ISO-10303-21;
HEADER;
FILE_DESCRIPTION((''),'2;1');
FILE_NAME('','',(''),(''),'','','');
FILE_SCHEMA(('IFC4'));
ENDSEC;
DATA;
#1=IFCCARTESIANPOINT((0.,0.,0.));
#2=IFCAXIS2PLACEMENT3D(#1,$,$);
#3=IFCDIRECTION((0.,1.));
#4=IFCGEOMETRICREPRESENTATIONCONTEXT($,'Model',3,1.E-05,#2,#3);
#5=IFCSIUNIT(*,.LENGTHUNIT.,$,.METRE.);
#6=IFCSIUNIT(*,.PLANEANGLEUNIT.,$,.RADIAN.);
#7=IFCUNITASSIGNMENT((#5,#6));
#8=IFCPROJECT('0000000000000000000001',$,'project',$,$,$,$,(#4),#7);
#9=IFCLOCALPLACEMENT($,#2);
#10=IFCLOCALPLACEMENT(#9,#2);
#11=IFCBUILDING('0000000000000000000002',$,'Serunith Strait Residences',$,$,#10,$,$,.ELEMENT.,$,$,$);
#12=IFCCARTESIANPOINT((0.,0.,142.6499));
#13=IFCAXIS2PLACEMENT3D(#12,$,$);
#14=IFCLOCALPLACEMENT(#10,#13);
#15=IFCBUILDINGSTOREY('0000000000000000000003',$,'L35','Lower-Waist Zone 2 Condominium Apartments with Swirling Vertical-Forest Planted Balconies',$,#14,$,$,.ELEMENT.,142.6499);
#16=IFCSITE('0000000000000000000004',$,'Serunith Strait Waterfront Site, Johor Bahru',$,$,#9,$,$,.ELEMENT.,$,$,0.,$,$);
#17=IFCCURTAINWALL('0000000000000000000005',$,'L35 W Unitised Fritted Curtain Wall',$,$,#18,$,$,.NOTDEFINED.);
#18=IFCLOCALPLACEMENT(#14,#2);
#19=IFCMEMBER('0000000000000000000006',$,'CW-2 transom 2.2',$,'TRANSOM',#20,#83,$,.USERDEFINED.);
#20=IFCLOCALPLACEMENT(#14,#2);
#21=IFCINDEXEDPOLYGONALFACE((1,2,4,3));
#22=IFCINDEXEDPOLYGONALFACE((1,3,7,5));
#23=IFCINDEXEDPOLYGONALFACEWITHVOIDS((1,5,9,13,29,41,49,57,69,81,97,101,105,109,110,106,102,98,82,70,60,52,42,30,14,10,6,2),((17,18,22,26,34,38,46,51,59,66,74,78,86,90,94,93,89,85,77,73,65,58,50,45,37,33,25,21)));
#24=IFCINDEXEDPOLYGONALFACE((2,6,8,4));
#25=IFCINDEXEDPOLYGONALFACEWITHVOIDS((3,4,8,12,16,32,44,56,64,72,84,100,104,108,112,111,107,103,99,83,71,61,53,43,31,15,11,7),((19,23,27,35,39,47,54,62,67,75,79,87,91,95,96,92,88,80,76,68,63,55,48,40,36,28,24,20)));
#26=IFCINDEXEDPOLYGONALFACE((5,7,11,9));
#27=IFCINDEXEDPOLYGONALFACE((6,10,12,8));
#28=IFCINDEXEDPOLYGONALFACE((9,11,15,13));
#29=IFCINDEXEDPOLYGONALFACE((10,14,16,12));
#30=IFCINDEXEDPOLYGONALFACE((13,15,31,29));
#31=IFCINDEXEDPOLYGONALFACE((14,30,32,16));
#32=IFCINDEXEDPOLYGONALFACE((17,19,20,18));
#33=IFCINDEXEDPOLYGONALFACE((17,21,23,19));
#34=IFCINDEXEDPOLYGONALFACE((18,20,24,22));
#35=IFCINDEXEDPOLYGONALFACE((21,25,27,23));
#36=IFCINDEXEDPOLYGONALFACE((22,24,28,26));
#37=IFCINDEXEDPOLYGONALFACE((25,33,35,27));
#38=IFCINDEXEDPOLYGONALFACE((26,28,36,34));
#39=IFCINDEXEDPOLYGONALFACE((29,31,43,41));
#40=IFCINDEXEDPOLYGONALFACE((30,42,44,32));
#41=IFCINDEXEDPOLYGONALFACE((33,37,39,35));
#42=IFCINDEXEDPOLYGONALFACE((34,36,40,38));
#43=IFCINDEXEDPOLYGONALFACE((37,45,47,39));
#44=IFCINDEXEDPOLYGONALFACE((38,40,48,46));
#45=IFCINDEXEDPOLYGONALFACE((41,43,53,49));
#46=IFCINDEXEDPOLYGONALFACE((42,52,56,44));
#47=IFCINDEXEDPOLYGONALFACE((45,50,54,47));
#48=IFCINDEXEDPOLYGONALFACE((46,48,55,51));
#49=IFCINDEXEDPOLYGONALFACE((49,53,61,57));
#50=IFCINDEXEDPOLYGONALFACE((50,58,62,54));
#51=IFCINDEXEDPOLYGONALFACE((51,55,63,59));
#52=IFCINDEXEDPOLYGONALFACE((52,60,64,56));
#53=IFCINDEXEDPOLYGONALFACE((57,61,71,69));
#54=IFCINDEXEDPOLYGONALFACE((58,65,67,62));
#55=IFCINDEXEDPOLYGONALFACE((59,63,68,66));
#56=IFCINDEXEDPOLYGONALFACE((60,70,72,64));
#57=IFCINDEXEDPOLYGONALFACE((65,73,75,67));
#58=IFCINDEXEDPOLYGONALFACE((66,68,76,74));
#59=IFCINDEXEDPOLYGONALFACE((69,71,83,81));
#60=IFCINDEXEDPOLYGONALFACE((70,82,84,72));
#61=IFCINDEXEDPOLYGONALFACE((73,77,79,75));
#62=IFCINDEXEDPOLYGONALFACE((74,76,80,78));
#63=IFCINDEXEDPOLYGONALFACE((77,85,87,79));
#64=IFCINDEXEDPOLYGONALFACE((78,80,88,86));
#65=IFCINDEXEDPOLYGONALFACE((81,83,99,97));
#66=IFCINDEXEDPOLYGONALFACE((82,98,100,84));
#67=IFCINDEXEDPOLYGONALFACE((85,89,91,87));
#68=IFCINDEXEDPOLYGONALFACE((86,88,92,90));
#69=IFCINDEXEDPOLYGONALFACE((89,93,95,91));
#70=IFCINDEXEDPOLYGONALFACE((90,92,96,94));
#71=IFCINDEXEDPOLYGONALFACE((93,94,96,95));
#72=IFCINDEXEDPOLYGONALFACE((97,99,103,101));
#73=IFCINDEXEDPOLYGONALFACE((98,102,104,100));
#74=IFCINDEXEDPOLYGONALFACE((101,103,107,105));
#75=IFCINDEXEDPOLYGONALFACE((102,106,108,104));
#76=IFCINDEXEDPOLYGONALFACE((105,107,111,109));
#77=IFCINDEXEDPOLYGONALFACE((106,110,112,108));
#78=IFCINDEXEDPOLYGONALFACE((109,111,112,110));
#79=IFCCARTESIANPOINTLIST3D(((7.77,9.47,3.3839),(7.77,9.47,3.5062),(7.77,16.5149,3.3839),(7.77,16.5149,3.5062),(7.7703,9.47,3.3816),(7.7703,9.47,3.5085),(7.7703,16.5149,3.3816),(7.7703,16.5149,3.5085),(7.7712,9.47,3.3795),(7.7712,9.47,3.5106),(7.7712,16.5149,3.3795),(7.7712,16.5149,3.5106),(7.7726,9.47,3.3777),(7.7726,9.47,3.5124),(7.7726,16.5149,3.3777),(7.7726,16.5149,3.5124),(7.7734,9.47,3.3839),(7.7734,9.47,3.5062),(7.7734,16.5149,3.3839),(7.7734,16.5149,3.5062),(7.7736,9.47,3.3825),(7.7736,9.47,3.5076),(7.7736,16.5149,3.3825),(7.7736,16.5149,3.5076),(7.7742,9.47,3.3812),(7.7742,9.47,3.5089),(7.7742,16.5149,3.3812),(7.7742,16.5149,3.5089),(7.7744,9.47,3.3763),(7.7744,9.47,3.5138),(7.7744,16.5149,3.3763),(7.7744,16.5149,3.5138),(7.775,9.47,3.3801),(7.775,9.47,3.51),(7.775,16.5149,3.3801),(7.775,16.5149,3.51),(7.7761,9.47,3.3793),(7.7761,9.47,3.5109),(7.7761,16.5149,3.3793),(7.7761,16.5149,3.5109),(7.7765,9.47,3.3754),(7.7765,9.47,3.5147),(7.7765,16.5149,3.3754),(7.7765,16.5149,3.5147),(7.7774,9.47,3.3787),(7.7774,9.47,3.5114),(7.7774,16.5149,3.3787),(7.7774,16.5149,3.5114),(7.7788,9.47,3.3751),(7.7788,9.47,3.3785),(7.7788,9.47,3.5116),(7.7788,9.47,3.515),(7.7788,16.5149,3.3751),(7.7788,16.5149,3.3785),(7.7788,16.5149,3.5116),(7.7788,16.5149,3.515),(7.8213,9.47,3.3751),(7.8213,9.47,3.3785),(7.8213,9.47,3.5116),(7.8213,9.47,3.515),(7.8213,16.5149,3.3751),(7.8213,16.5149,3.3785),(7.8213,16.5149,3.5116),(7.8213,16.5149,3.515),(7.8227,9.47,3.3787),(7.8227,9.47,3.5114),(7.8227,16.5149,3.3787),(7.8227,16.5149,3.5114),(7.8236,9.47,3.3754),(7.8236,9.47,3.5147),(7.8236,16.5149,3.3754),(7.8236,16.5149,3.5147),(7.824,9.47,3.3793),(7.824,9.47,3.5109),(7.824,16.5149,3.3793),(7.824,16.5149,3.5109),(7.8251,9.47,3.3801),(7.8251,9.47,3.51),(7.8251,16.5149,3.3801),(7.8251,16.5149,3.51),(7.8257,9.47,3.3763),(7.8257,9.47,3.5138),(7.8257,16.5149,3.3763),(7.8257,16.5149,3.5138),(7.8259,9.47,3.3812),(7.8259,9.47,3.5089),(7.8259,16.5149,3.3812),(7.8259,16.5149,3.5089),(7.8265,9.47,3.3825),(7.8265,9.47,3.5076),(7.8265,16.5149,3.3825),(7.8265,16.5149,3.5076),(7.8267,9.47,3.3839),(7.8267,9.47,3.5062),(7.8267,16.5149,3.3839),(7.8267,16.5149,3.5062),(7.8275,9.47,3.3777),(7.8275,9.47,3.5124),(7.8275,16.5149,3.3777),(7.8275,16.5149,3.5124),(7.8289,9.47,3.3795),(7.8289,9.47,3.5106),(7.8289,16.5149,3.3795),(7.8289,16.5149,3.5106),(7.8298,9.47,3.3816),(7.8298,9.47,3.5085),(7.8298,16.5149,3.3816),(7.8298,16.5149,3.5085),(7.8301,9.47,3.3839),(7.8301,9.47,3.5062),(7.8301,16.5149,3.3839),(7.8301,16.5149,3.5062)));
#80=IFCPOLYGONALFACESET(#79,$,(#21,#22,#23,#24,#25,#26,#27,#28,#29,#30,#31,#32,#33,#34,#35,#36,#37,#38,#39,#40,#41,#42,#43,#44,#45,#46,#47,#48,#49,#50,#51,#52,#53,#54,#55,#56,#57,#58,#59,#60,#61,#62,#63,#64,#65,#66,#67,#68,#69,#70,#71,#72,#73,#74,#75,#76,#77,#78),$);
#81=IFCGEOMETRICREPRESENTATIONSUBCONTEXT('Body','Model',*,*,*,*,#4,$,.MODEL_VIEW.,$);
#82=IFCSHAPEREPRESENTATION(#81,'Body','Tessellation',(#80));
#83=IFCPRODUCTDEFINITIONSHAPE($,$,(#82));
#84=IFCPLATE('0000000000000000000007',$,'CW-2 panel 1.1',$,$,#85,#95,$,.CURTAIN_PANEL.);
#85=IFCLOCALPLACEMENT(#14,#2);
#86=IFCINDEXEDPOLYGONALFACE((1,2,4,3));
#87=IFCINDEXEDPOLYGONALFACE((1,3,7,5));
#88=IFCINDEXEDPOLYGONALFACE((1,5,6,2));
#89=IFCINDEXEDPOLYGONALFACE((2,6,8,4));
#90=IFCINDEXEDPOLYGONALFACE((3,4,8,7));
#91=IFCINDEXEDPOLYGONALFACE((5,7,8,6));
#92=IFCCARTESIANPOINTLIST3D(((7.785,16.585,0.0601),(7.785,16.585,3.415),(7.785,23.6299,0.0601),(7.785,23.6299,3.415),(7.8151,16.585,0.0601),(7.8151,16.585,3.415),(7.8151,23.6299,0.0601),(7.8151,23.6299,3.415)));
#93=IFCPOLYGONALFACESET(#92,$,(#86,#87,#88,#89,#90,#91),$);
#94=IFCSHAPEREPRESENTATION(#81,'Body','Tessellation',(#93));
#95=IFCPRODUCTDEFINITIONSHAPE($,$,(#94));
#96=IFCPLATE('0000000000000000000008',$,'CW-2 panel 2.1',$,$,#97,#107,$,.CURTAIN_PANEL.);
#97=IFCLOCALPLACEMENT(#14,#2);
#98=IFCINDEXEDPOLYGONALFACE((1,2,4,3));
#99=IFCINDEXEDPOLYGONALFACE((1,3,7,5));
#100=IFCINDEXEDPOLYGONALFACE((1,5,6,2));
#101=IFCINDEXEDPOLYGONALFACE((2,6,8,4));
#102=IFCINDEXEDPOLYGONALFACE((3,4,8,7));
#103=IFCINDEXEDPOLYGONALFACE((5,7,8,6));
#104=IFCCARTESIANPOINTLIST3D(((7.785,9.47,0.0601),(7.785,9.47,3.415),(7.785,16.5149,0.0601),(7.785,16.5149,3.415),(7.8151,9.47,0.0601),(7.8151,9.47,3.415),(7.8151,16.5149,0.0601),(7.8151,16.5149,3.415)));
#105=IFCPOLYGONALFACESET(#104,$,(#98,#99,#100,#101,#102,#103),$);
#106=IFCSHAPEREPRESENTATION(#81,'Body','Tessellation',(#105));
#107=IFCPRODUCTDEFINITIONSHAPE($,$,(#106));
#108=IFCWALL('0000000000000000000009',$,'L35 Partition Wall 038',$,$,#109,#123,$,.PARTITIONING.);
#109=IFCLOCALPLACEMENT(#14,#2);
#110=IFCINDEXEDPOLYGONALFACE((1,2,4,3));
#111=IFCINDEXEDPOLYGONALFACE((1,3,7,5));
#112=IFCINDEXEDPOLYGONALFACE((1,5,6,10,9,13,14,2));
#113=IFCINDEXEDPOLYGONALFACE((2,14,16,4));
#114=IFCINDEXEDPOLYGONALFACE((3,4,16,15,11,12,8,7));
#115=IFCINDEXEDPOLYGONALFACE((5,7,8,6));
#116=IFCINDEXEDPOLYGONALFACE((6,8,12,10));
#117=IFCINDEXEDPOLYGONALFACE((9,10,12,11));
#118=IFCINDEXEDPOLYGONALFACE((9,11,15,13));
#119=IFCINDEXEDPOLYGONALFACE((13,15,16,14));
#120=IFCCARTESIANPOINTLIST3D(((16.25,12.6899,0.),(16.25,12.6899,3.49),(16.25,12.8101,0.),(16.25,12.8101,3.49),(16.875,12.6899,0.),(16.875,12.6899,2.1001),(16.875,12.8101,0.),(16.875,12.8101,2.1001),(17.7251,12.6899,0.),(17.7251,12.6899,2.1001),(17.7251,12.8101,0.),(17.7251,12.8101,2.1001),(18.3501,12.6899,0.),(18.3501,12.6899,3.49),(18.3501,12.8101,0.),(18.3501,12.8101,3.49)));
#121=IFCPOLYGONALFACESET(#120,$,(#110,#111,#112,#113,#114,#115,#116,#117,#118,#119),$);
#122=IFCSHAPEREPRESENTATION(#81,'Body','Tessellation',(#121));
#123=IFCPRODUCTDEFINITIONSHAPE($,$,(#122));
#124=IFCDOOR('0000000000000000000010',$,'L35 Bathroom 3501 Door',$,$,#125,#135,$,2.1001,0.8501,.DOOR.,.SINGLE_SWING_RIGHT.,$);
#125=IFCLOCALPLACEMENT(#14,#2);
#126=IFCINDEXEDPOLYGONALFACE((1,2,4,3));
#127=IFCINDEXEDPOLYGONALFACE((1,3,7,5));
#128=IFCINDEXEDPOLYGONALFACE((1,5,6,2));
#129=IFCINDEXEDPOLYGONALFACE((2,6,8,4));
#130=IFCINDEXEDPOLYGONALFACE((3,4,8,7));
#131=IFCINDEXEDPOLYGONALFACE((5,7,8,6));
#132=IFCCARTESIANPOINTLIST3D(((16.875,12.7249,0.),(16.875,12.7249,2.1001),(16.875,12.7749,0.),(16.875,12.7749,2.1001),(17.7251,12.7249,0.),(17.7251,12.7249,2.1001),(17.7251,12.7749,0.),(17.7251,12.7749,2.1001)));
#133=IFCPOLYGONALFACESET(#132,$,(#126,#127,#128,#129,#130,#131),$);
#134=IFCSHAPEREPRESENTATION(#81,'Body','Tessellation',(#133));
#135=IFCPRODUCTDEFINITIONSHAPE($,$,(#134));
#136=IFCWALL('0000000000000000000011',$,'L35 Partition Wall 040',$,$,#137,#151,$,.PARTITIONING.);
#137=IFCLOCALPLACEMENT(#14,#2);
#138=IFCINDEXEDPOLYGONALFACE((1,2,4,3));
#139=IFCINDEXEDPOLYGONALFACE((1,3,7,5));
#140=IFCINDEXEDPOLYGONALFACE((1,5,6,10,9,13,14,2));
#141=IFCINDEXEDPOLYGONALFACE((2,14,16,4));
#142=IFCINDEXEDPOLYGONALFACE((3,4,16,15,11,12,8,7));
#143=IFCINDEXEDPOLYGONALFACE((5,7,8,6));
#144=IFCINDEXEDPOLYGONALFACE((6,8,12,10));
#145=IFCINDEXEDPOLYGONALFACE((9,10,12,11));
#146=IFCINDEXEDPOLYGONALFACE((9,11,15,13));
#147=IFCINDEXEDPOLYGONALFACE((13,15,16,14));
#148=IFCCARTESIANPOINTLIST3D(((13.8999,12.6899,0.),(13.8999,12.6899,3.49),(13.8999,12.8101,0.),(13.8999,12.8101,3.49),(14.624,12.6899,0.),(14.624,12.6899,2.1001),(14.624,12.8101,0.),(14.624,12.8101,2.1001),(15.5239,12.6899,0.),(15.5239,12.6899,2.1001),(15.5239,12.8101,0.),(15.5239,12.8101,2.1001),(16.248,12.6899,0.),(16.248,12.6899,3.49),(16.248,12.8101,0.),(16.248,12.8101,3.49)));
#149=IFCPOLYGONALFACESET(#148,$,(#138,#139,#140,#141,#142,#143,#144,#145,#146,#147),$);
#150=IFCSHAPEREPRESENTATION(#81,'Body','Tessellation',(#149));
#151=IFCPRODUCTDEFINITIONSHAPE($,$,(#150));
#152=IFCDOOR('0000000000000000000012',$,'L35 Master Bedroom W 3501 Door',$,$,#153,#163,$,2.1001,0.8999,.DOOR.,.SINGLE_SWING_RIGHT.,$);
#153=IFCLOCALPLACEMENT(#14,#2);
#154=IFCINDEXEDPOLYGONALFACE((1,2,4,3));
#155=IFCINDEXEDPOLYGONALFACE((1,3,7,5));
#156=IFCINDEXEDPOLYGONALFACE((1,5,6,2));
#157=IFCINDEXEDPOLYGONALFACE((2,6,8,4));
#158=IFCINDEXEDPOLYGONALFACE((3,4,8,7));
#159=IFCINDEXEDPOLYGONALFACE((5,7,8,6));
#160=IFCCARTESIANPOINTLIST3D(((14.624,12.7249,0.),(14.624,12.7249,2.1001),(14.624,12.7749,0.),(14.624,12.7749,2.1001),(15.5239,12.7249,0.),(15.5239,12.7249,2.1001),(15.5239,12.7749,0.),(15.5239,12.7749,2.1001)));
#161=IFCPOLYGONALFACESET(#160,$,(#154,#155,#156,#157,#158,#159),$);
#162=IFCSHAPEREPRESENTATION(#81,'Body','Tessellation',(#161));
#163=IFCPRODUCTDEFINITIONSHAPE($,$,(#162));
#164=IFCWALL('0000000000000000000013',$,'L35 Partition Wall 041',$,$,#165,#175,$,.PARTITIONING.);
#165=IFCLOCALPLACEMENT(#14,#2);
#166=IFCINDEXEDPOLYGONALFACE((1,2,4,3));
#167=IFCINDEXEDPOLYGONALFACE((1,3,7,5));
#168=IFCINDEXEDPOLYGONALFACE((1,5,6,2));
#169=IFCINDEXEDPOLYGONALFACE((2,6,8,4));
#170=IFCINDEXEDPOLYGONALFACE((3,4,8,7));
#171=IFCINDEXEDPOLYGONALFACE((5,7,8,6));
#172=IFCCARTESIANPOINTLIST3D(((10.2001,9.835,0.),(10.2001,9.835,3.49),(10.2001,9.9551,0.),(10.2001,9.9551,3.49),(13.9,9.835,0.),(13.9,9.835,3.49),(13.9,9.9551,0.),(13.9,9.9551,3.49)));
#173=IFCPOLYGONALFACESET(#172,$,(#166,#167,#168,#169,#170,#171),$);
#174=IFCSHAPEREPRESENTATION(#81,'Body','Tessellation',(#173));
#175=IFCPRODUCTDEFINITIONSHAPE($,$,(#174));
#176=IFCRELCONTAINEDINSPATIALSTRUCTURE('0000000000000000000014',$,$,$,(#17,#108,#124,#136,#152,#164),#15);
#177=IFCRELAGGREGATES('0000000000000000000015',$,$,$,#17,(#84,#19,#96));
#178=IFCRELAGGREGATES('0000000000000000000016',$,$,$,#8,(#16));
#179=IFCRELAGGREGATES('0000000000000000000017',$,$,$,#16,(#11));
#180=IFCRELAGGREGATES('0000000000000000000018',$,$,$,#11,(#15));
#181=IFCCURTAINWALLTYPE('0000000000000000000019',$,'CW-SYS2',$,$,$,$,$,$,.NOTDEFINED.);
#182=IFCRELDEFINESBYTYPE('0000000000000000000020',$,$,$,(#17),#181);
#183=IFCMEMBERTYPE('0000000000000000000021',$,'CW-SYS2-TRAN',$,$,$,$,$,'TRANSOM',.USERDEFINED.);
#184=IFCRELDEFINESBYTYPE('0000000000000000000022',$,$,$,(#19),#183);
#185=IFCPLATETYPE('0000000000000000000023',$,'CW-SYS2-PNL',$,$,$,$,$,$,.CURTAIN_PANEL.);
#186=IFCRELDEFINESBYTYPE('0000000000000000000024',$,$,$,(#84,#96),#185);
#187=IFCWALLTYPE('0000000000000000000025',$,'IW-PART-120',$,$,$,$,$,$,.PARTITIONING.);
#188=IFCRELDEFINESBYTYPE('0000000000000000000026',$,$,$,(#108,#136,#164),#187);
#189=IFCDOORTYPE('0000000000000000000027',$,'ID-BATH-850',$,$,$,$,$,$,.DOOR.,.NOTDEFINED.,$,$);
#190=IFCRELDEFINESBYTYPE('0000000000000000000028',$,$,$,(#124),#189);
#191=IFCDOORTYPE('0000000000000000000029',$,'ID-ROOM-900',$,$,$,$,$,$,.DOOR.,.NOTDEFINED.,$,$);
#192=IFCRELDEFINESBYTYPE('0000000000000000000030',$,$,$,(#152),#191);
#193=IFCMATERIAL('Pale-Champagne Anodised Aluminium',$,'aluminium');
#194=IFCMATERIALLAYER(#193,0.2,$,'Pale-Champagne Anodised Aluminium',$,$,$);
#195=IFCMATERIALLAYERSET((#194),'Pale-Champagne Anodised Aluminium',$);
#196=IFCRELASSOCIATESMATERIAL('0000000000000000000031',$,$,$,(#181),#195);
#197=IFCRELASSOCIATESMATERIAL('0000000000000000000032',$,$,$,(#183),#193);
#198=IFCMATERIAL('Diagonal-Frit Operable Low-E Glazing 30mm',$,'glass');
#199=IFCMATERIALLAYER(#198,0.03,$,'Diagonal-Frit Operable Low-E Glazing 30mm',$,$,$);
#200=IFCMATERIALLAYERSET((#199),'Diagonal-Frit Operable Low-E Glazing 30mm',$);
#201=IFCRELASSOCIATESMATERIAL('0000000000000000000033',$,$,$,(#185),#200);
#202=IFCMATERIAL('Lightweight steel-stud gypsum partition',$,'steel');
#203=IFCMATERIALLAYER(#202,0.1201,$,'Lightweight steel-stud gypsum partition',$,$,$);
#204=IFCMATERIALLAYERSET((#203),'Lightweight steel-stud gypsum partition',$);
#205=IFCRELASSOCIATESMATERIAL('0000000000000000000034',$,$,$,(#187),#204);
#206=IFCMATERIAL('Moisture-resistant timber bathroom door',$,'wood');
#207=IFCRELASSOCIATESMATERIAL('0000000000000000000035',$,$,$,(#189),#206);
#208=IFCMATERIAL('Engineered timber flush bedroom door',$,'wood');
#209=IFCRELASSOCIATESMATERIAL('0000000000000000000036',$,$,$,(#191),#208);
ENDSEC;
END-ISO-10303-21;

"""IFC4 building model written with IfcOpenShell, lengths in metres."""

from ifc_helpers import new_model, si_unit, direction, frame, frame_2d, origin, origin_2d, place, context, subcontext, project, spatial, rectangle, hollow_rectangle, extrude, source, transform, mapped, material, layer, layer_set, material_profile, profile_set, type_object, element, fill, aggregate, save


model = new_model("IFC4")

# Units and contexts
model_context = context("Model", 3, precision=1e-05, world=origin(), true_north=direction((0.0, 1.0)))
body_context = subcontext(model_context, "Body", "Model", "MODEL_VIEW")
ifc_project = project(units=[si_unit("LENGTHUNIT", "METRE"), si_unit("PLANEANGLEUNIT", "RADIAN")], contexts=[model_context])

# Site, building, storey
site_placement = place(None, origin())
site = spatial("IfcSite", under=ifc_project, at=site_placement, Name="Serunith Strait Waterfront Site, Johor Bahru", CompositionType="ELEMENT", RefElevation=0.0)
building_placement = place(site_placement, origin())
building = spatial("IfcBuilding", under=site, at=building_placement, Name="Serunith Strait Residences", CompositionType="ELEMENT")
storey_placement = place(building_placement, frame((0.0, 0.0, 142.6499)))
storey = spatial("IfcBuildingStorey", under=building, at=storey_placement, Name="L35", Description="Lower-Waist Zone 2 Condominium Apartments with Swirling Vertical-Forest Planted Balconies", CompositionType="ELEMENT", Elevation=142.6499)

# Curtain wall, member, plates
ifc_material_1 = material(Name="Pale-Champagne Anodised Aluminium", Category="aluminium")
ifc_layer_1 = layer(ifc_material_1, 0.2, Name="Pale-Champagne Anodised Aluminium")
ifc_layer_set_1 = layer_set([ifc_layer_1], Name="Pale-Champagne Anodised Aluminium")
curtain_wall_type = type_object("IfcCurtainWallType", Name="CW-SYS2", PredefinedType="NOTDEFINED", material=ifc_layer_set_1)
curtain_wall_placement = place(storey_placement, origin())
curtain_wall = element("IfcCurtainWall", 1, at=curtain_wall_placement, inside=storey, type_object=curtain_wall_type, Name="L35 W Unitised Fritted Curtain Wall", PredefinedType="NOTDEFINED")
ifc_material_profile_1 = material_profile(ifc_material_1, hollow_rectangle(XDim=0.0601, YDim=0.1399, WallThickness=0.0034, InnerFilletRadius=0.0054, OuterFilletRadius=0.0088, at=origin_2d()), Name="ALU 140x60x3.5")
ifc_profile_set_1 = profile_set([ifc_material_profile_1], Name="Pale-Champagne Anodised Aluminium")
member_type_1 = type_object("IfcMemberType", Name="CW-SYS2-TRAN", ElementType="TRANSOM", PredefinedType="USERDEFINED", material=ifc_profile_set_1)
shared_shape_1 = source(origin(), body_context, "Body", "SweptSolid", [
    extrude(hollow_rectangle(XDim=0.0601, YDim=0.1399, WallThickness=0.0034, InnerFilletRadius=0.0054, OuterFilletRadius=0.0088, at=origin_2d()), origin(), (0.0, 0.0, 1.0), 7.0449),
])
member_1_placement = place(storey_placement, frame((7.8, 16.5149, 3.4451), z_axis=(0.0, -1.0, 0.0), x_axis=(1.0, 0.0, 0.0)))
member_1 = element("IfcMember", 2, at=member_1_placement, type_object=member_type_1, Name="CW-2 transom 2.2", ObjectType="TRANSOM", PredefinedType="USERDEFINED", context=body_context, shape_type="MappedRepresentation", body=[
    mapped(shared_shape_1, transform((0.0, 0.0, 0.0), scale=1.0)),
])
ifc_material_2 = material(Name="Diagonal-Frit Operable Low-E Glazing 30mm", Category="glass")
ifc_layer_2 = layer(ifc_material_2, 0.03, Name="Diagonal-Frit Operable Low-E Glazing 30mm")
ifc_layer_set_2 = layer_set([ifc_layer_2], Name="Diagonal-Frit Operable Low-E Glazing 30mm")
plate_type = type_object("IfcPlateType", Name="CW-SYS2-PNL", PredefinedType="CURTAIN_PANEL", material=ifc_layer_set_2)
shared_shape_2 = source(origin(), body_context, "Body", "SweptSolid", [
    extrude(rectangle(XDim=7.0449, YDim=0.03, at=origin_2d()), origin(), (0.0, 0.0, 1.0), 3.355),
])
plate_1_placement = place(storey_placement, frame((7.8, 20.1074, 0.0601), z_axis=(0.0, 0.0, 1.0), x_axis=(0.0, -1.0, 0.0)))
plate_1 = element("IfcPlate", 3, at=plate_1_placement, type_object=plate_type, Name="CW-2 panel 1.1", PredefinedType="CURTAIN_PANEL", context=body_context, shape_type="MappedRepresentation", body=[
    mapped(shared_shape_2, transform((0.0, 0.0, 0.0), scale=1.0)),
])
plate_2_placement = place(storey_placement, frame((7.8, 12.9924, 0.0601), z_axis=(0.0, 0.0, 1.0), x_axis=(0.0, -1.0, 0.0)))
plate_2 = element("IfcPlate", 4, at=plate_2_placement, type_object=plate_type, Name="CW-2 panel 2.1", PredefinedType="CURTAIN_PANEL", context=body_context, shape_type="MappedRepresentation", body=[
    mapped(shared_shape_2, transform((0.0, 0.0, 0.0), scale=1.0)),
])
aggregate(curtain_wall, [plate_1, member_1, plate_2])

# Walls, openings, doors
ifc_material_3 = material(Name="Lightweight steel-stud gypsum partition", Category="steel")
ifc_layer_3 = layer(ifc_material_3, 0.1201, Name="Lightweight steel-stud gypsum partition")
ifc_layer_set_3 = layer_set([ifc_layer_3], Name="Lightweight steel-stud gypsum partition")
wall_type_1 = type_object("IfcWallType", Name="IW-PART-120", PredefinedType="PARTITIONING", material=ifc_layer_set_3)
wall_1_placement = place(storey_placement, frame((16.25, 12.75, 0.0), z_axis=(0.0, 0.0, 1.0), x_axis=(1.0, 0.0, 0.0)))
wall_1 = element("IfcWall", 5, at=wall_1_placement, inside=storey, type_object=wall_type_1, Name="L35 Partition Wall 038", PredefinedType="PARTITIONING", context=body_context, shape_type="SweptSolid", body=[
    extrude(rectangle(XDim=2.1001, YDim=0.1201, at=frame_2d((1.05, 0.0))), origin(), (0.0, 0.0, 1.0), 3.49),
])
opening_1_placement = place(wall_1_placement, frame((0.625, 0.0, 0.0)))
opening_1 = element("IfcOpeningElement", 6, at=opening_1_placement, cuts=wall_1, PredefinedType="OPENING", context=body_context, shape_type="SweptSolid", body=[
    extrude(rectangle(XDim=0.8501, YDim=2.1001, at=frame_2d((0.425, 1.05))), frame((0.0, 0.0701, 0.0), z_axis=(0.0, -1.0, 0.0), x_axis=(1.0, 0.0, 0.0)), (0.0, 0.0, 1.0), 0.1401),
])
ifc_material_4 = material(Name="Moisture-resistant timber bathroom door", Category="wood")
door_type_1 = type_object("IfcDoorType", Name="ID-BATH-850", OperationType="NOTDEFINED", PredefinedType="DOOR", material=ifc_material_4)
shared_shape_3 = source(origin(), body_context, "Body", "SweptSolid", [
    extrude(rectangle(XDim=0.8501, YDim=2.1001, at=frame_2d((0.425, 1.05))), frame((0.0, 0.0249, 0.0), z_axis=(0.0, -1.0, 0.0), x_axis=(1.0, 0.0, 0.0)), (0.0, 0.0, 1.0), 0.05),
])
door_1_placement = place(opening_1_placement, origin())
door_1 = element("IfcDoor", 7, at=door_1_placement, inside=storey, type_object=door_type_1, Name="L35 Bathroom 3501 Door", OperationType="SINGLE_SWING_RIGHT", OverallHeight=2.1001, OverallWidth=0.8501, PredefinedType="DOOR", context=body_context, shape_type="MappedRepresentation", body=[
    mapped(shared_shape_3, transform((0.0, 0.0, 0.0), scale=1.0)),
])
fill(opening_1, door_1)
wall_2_placement = place(storey_placement, frame((13.8999, 12.75, 0.0), z_axis=(0.0, 0.0, 1.0), x_axis=(1.0, 0.0, 0.0)))
wall_2 = element("IfcWall", 8, at=wall_2_placement, inside=storey, type_object=wall_type_1, Name="L35 Partition Wall 040", PredefinedType="PARTITIONING", context=body_context, shape_type="SweptSolid", body=[
    extrude(rectangle(XDim=2.3481, YDim=0.1201, at=frame_2d((1.1741, 0.0))), origin(), (0.0, 0.0, 1.0), 3.49),
])
opening_2_placement = place(wall_2_placement, frame((0.7241, 0.0, 0.0)))
opening_2 = element("IfcOpeningElement", 9, at=opening_2_placement, cuts=wall_2, PredefinedType="OPENING", context=body_context, shape_type="SweptSolid", body=[
    extrude(rectangle(XDim=0.8999, YDim=2.1001, at=frame_2d((0.45, 1.05))), frame((0.0, 0.0701, 0.0), z_axis=(0.0, -1.0, 0.0), x_axis=(1.0, 0.0, 0.0)), (0.0, 0.0, 1.0), 0.1401),
])
ifc_material_5 = material(Name="Engineered timber flush bedroom door", Category="wood")
door_type_2 = type_object("IfcDoorType", Name="ID-ROOM-900", OperationType="NOTDEFINED", PredefinedType="DOOR", material=ifc_material_5)
shared_shape_4 = source(origin(), body_context, "Body", "SweptSolid", [
    extrude(rectangle(XDim=0.8999, YDim=2.1001, at=frame_2d((0.45, 1.05))), frame((0.0, 0.0249, 0.0), z_axis=(0.0, -1.0, 0.0), x_axis=(1.0, 0.0, 0.0)), (0.0, 0.0, 1.0), 0.05),
])
door_2_placement = place(opening_2_placement, origin())
door_2 = element("IfcDoor", 10, at=door_2_placement, inside=storey, type_object=door_type_2, Name="L35 Master Bedroom W 3501 Door", OperationType="SINGLE_SWING_RIGHT", OverallHeight=2.1001, OverallWidth=0.8999, PredefinedType="DOOR", context=body_context, shape_type="MappedRepresentation", body=[
    mapped(shared_shape_4, transform((0.0, 0.0, 0.0), scale=1.0)),
])
fill(opening_2, door_2)

# Wall
wall_3_placement = place(storey_placement, frame((10.2, 9.895, 0.0), z_axis=(0.0, 0.0, 1.0), x_axis=(1.0, 0.0, 0.0)))
element("IfcWall", 11, at=wall_3_placement, inside=storey, type_object=wall_type_1, Name="L35 Partition Wall 041", PredefinedType="PARTITIONING", context=body_context, shape_type="SweptSolid", body=[
    extrude(rectangle(XDim=3.7, YDim=0.1201, at=frame_2d((1.8501, 0.0))), origin(), (0.0, 0.0, 1.0), 3.49),
])

save(model, "model.ifc")
